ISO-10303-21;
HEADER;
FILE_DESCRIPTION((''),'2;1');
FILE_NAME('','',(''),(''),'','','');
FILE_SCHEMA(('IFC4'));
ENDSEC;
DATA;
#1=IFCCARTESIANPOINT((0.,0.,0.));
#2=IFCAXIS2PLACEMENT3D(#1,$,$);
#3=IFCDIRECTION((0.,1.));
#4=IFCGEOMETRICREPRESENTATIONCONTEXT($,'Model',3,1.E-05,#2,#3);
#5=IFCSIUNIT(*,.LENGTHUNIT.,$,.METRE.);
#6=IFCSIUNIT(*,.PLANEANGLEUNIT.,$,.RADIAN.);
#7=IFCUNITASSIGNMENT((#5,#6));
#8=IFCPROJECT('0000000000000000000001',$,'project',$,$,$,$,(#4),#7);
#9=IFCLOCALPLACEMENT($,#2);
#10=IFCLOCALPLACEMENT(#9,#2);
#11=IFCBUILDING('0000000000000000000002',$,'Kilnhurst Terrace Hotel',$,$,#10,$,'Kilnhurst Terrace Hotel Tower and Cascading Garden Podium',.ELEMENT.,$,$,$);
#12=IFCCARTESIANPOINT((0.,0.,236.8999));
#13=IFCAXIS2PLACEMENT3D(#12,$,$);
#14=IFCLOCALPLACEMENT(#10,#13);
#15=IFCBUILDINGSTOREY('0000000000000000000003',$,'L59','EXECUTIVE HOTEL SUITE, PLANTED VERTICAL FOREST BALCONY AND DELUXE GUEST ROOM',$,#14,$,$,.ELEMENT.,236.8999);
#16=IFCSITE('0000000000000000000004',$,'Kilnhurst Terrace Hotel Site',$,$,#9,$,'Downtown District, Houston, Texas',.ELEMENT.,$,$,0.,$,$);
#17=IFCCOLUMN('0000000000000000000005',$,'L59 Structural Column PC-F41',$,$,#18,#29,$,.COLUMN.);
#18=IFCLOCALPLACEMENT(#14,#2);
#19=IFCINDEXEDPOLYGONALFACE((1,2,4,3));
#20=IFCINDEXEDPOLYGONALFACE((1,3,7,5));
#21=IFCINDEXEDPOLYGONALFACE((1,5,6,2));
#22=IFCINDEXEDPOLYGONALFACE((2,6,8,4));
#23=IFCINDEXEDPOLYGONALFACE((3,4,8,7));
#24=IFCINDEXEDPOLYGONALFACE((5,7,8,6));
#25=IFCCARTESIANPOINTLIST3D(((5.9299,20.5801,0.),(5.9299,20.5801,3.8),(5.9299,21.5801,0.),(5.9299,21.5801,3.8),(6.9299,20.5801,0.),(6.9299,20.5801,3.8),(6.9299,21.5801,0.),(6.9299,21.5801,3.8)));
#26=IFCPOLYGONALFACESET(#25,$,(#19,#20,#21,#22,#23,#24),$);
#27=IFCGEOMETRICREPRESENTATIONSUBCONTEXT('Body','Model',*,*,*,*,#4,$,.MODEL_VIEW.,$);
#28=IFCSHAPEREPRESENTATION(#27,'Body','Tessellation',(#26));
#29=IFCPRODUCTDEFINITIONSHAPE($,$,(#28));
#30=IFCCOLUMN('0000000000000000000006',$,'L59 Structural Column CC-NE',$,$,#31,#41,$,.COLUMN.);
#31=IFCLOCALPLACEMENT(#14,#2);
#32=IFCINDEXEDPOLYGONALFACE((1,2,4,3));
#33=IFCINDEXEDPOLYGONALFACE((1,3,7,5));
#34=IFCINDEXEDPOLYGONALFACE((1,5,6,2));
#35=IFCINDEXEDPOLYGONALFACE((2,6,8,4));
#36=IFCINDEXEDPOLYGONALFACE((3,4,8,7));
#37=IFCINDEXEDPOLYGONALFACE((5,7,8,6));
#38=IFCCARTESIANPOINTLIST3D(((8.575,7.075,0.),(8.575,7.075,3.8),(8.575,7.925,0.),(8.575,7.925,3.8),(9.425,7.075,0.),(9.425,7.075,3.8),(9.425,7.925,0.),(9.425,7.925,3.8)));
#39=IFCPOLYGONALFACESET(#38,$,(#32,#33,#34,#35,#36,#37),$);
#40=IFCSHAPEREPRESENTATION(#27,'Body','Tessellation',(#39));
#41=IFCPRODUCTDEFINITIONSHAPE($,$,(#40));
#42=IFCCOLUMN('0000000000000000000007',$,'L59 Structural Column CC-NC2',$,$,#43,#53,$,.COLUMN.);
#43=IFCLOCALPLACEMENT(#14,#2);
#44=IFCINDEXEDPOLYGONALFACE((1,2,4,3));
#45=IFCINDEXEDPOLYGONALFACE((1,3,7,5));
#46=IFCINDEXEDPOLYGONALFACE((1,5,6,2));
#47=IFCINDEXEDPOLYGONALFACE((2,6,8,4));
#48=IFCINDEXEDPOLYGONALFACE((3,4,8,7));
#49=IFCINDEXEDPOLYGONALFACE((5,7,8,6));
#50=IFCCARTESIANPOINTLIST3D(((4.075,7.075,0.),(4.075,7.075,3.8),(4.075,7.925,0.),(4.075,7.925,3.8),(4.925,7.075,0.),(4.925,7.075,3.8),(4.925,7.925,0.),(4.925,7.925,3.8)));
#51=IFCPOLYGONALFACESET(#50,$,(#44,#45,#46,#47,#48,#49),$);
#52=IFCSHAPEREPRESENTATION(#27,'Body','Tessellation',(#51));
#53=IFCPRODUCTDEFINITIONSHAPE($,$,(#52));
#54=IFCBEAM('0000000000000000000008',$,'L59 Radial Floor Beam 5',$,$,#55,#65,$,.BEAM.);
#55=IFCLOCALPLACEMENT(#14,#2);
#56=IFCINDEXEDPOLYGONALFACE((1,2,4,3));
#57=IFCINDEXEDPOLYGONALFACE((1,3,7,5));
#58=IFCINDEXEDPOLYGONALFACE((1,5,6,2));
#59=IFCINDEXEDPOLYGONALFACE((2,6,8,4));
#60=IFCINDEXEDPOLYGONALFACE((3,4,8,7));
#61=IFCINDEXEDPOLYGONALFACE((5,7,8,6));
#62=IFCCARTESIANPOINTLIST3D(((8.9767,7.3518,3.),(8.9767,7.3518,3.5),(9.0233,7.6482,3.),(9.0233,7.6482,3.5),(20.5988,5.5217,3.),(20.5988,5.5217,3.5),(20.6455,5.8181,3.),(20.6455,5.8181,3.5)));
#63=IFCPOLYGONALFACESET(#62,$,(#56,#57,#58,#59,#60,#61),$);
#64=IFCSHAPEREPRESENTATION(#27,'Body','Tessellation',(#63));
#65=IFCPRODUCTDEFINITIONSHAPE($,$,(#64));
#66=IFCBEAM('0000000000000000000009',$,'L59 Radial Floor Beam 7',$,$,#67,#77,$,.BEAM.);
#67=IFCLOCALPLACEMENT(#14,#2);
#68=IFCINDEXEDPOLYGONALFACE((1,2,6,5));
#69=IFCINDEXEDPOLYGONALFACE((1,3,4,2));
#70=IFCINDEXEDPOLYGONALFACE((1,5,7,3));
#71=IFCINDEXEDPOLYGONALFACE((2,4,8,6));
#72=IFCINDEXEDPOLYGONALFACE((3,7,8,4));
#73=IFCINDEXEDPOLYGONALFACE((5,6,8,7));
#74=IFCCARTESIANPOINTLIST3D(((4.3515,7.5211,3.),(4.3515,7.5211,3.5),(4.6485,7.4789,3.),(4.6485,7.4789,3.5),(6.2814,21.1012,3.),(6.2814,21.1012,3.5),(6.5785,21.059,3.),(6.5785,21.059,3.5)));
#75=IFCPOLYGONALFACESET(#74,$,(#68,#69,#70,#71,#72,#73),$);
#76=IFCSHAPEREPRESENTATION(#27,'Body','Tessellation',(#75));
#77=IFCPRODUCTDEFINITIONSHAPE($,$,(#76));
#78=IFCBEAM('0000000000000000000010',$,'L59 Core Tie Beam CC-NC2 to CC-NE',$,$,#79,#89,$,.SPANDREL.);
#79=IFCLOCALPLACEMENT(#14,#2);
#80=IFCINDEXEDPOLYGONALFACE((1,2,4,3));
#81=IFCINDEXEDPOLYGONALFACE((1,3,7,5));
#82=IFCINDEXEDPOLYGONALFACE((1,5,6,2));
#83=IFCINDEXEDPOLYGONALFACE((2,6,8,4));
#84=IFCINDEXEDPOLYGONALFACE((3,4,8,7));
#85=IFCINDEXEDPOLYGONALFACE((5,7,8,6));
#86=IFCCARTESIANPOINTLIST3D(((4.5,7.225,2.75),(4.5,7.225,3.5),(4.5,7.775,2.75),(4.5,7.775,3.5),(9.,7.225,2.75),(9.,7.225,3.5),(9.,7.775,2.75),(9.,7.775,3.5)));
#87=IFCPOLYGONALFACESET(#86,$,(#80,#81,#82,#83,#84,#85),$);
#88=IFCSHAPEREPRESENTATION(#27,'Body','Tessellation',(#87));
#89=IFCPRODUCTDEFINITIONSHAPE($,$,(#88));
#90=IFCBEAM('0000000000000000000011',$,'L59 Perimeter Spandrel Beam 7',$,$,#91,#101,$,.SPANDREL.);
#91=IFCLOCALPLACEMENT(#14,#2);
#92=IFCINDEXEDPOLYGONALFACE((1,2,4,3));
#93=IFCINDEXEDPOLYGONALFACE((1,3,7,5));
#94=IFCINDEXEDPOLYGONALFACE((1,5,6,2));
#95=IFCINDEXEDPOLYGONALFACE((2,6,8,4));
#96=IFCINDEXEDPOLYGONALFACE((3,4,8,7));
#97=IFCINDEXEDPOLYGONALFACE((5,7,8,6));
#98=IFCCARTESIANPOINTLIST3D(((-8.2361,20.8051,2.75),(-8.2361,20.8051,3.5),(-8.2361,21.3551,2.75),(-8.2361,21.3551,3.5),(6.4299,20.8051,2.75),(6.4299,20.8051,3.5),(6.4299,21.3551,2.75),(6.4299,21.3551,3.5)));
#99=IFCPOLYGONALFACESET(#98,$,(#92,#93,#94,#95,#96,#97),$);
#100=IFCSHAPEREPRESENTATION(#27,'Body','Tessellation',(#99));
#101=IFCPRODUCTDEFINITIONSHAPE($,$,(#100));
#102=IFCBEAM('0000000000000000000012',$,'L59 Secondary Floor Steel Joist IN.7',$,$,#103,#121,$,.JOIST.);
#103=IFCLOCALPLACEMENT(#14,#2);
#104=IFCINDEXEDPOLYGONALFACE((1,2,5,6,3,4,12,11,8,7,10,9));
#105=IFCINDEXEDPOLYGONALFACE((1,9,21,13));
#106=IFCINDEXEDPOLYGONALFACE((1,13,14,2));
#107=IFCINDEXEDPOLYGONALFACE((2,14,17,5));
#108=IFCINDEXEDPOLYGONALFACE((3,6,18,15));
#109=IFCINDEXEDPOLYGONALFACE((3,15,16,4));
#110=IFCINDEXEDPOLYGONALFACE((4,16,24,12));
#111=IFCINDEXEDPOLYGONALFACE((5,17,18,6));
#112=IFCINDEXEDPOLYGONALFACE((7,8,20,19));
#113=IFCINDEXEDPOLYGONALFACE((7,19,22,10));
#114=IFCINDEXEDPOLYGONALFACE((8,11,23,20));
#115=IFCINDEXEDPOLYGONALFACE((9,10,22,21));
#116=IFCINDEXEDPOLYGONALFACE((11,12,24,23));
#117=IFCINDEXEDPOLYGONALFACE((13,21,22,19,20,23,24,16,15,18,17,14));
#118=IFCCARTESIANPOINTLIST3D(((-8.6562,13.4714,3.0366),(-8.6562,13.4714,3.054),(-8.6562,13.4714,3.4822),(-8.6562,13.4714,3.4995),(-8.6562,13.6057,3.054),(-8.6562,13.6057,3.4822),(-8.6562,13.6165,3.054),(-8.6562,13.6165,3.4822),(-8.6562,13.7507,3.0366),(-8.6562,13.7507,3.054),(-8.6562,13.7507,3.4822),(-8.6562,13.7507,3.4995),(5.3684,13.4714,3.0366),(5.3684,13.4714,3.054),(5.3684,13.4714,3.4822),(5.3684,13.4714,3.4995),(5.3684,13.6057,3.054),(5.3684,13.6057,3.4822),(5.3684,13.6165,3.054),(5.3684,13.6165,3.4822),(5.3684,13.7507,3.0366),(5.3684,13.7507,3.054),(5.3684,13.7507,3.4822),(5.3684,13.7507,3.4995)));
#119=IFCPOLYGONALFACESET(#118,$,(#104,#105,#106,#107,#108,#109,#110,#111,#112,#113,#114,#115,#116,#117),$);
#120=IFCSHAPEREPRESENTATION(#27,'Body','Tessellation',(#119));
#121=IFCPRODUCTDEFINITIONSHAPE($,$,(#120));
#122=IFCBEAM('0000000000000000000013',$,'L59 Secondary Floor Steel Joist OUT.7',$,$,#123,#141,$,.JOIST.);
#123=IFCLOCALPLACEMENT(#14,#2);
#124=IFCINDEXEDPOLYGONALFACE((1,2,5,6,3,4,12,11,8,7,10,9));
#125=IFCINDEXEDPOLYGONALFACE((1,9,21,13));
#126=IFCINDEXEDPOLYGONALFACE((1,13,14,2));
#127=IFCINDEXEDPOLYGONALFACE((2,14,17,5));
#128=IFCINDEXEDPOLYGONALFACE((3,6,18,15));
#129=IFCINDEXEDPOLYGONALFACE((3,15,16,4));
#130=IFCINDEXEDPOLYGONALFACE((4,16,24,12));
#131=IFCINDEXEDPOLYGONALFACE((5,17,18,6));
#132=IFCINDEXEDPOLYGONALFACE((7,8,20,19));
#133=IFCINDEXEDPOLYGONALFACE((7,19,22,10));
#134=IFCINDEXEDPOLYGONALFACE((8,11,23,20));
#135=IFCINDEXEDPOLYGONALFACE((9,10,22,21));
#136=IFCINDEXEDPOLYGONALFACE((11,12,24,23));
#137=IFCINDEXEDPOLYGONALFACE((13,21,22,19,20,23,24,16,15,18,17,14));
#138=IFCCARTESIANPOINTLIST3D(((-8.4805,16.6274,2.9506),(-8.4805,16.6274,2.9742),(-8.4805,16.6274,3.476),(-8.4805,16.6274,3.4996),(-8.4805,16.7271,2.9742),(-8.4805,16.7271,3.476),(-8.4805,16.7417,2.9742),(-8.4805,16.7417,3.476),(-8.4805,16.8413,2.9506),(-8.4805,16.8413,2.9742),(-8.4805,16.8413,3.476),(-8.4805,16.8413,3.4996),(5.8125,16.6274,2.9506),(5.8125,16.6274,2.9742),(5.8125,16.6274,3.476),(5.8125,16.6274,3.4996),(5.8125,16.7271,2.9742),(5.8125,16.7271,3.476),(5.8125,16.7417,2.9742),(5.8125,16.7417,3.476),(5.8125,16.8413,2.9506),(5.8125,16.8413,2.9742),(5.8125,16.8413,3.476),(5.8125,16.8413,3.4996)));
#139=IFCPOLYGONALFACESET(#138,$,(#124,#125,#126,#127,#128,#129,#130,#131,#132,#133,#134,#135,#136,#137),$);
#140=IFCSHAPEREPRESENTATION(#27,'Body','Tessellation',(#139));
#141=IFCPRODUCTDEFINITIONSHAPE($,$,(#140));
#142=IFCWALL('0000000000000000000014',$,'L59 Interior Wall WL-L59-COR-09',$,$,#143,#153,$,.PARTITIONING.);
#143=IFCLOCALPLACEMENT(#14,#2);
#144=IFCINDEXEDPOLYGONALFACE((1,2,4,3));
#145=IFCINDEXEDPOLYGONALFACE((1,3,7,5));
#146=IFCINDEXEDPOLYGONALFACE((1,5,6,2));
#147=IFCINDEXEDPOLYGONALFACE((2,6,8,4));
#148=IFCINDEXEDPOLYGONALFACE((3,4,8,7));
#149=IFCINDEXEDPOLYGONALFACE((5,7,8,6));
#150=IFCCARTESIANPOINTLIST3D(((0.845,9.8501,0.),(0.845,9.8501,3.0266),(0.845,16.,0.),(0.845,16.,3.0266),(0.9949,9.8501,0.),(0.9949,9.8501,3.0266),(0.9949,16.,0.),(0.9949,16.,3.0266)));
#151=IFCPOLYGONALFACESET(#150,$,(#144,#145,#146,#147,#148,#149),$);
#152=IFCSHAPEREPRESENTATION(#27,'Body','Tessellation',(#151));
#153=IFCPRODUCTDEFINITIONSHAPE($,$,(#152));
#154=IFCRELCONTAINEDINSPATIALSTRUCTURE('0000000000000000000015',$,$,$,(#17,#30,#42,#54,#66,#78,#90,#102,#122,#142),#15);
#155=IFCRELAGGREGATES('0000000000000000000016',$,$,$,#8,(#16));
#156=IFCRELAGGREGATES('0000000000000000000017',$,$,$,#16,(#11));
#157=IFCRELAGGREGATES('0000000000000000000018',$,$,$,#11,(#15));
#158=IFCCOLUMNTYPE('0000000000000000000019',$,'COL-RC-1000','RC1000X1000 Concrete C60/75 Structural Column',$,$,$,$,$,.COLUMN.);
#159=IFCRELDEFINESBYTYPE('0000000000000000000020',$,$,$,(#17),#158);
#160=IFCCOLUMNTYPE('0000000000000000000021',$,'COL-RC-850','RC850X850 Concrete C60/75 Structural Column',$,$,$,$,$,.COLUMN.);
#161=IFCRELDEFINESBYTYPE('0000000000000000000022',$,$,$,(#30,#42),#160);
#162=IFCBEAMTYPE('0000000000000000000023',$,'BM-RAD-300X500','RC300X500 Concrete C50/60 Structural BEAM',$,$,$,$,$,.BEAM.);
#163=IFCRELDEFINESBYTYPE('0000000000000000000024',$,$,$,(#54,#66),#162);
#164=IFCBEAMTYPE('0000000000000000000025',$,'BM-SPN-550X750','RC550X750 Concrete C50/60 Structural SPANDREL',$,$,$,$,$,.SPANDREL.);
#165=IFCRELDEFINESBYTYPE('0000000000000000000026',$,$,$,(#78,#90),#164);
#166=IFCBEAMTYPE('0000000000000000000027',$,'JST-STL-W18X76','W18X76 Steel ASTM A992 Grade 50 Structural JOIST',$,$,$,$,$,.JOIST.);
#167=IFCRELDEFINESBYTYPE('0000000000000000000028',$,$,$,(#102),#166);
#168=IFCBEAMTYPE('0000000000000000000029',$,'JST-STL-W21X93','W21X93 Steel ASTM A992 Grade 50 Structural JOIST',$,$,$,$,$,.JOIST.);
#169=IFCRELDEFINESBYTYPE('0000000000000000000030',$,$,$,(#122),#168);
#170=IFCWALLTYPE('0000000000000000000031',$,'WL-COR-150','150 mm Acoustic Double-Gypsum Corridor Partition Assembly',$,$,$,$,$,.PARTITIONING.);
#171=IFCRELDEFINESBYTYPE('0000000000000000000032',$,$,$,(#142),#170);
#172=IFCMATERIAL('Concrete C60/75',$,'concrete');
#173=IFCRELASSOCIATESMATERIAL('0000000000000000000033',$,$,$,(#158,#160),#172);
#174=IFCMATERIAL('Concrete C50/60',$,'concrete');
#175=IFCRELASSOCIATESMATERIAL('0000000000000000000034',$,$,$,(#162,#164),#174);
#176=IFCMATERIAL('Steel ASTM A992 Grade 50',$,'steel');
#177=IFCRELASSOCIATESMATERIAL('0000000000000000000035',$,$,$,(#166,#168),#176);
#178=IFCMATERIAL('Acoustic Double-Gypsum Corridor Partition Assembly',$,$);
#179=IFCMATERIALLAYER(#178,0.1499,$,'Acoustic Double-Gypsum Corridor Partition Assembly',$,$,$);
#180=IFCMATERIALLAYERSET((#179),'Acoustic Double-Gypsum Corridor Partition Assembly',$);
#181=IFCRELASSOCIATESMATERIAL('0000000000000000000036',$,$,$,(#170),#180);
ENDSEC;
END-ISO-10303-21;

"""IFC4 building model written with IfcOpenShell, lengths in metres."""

from ifc_helpers import new_model, si_unit, direction, frame, frame_2d, origin, origin_2d, place, context, subcontext, project, spatial, rectangle, i_section, extrude, material, layer, layer_set, material_profile, profile_set, type_object, element, save


model = new_model("IFC4")

# Units and contexts
model_context = context("Model", 3, precision=1e-05, world=origin(), true_north=direction((0.0, 1.0)))
body_context = subcontext(model_context, "Body", "Model", "MODEL_VIEW")
ifc_project = project(units=[si_unit("LENGTHUNIT", "METRE"), si_unit("PLANEANGLEUNIT", "RADIAN")], contexts=[model_context])

# Site, building, storey
site_placement = place(None, origin())
site = spatial("IfcSite", under=ifc_project, at=site_placement, Name="Kilnhurst Terrace Hotel Site", LongName="Downtown District, Houston, Texas", CompositionType="ELEMENT", RefElevation=0.0)
building_placement = place(site_placement, origin())
building = spatial("IfcBuilding", under=site, at=building_placement, Name="Kilnhurst Terrace Hotel", LongName="Kilnhurst Terrace Hotel Tower and Cascading Garden Podium", CompositionType="ELEMENT")
storey_placement = place(building_placement, frame((0.0, 0.0, 236.8999)))
storey = spatial("IfcBuildingStorey", under=building, at=storey_placement, Name="L59", Description="EXECUTIVE HOTEL SUITE, PLANTED VERTICAL FOREST BALCONY AND DELUXE GUEST ROOM", CompositionType="ELEMENT", Elevation=236.8999)

# Columns
ifc_material_1 = material(Name="Concrete C60/75", Category="concrete")
ifc_material_profile_1 = material_profile(ifc_material_1, rectangle(XDim=1.0, YDim=1.0, at=origin_2d()), Name="RC1000X1000")
ifc_profile_set_1 = profile_set([ifc_material_profile_1], Name="Concrete C60/75")
column_type_1 = type_object("IfcColumnType", Name="COL-RC-1000", Description="RC1000X1000 Concrete C60/75 Structural Column", PredefinedType="COLUMN", material=ifc_profile_set_1)
column_placement = place(storey_placement, frame((6.4299, 21.0801, 0.0), z_axis=(0.0, 0.0, 1.0), x_axis=(1.0, 0.0, 0.0)))
element("IfcColumn", 1, at=column_placement, inside=storey, type_object=column_type_1, Name="L59 Structural Column PC-F41", PredefinedType="COLUMN", context=body_context, shape_type="SweptSolid", body=[
    extrude(rectangle(XDim=1.0, YDim=1.0, at=origin_2d()), origin(), (0.0, 0.0, 1.0), 3.8),
])
ifc_material_profile_2 = material_profile(ifc_material_1, rectangle(XDim=0.8501, YDim=0.8501, at=origin_2d()), Name="RC850X850")
ifc_profile_set_2 = profile_set([ifc_material_profile_2], Name="Concrete C60/75")
column_type_2 = type_object("IfcColumnType", Name="COL-RC-850", Description="RC850X850 Concrete C60/75 Structural Column", PredefinedType="COLUMN", material=ifc_profile_set_2)
for number, where, z_axis, x_axis, name in (
    (2, (9.0, 7.5, 0.0), (0.0, 0.0, 1.0), (1.0, 0.0, 0.0), "L59 Structural Column CC-NE"),
    (3, (4.5, 7.5, 0.0), (0.0, 0.0, 1.0), (1.0, 0.0, 0.0), "L59 Structural Column CC-NC2"),
):
    element("IfcColumn", number, at=place(storey_placement, frame(where, z_axis=z_axis, x_axis=x_axis)), inside=storey, type_object=column_type_2, Name=name, PredefinedType="COLUMN", context=body_context, shape_type="SweptSolid", body=[
        extrude(rectangle(XDim=0.8501, YDim=0.8501, at=origin_2d()), origin(), (0.0, 0.0, 1.0), 3.8),
    ])

# Beams
ifc_material_2 = material(Name="Concrete C50/60", Category="concrete")
ifc_material_profile_3 = material_profile(ifc_material_2, rectangle(XDim=0.3, YDim=0.5, at=origin_2d()), Name="RC300X500")
ifc_profile_set_3 = profile_set([ifc_material_profile_3], Name="Concrete C50/60")
beam_type_1 = type_object("IfcBeamType", Name="BM-RAD-300X500", Description="RC300X500 Concrete C50/60 Structural BEAM", PredefinedType="BEAM", material=ifc_profile_set_3)
beam_1_placement = place(storey_placement, frame((9.0, 7.5, 3.25), z_axis=(0.987828, -0.155549, 0.0), x_axis=(0.155549, 0.987828, 0.0)))
element("IfcBeam", 4, at=beam_1_placement, inside=storey, type_object=beam_type_1, Name="L59 Radial Floor Beam 5", PredefinedType="BEAM", context=body_context, shape_type="SweptSolid", body=[
    extrude(rectangle(XDim=0.3, YDim=0.5, at=origin_2d()), origin(), (0.0, 0.0, 1.0), 11.7654),
])
beam_2_placement = place(storey_placement, frame((4.5, 7.5, 3.25), z_axis=(0.140701, 0.990052, 0.0), x_axis=(-0.990052, 0.140701, 0.0)))
element("IfcBeam", 5, at=beam_2_placement, inside=storey, type_object=beam_type_1, Name="L59 Radial Floor Beam 7", PredefinedType="BEAM", context=body_context, shape_type="SweptSolid", body=[
    extrude(rectangle(XDim=0.3, YDim=0.5, at=origin_2d()), origin(), (0.0, 0.0, 1.0), 13.7166),
])
ifc_material_profile_4 = material_profile(ifc_material_2, rectangle(XDim=0.55, YDim=0.75, at=origin_2d()), Name="RC550X750")
ifc_profile_set_4 = profile_set([ifc_material_profile_4], Name="Concrete C50/60")
beam_type_2 = type_object("IfcBeamType", Name="BM-SPN-550X750", Description="RC550X750 Concrete C50/60 Structural SPANDREL", PredefinedType="SPANDREL", material=ifc_profile_set_4)
beam_3_placement = place(storey_placement, frame((4.5, 7.5, 3.125), z_axis=(1.0, 0.0, 0.0), x_axis=(0.0, 1.0, 0.0)))
element("IfcBeam", 6, at=beam_3_placement, inside=storey, type_object=beam_type_2, Name="L59 Core Tie Beam CC-NC2 to CC-NE", PredefinedType="SPANDREL", context=body_context, shape_type="SweptSolid", body=[
    extrude(rectangle(XDim=0.55, YDim=0.75, at=origin_2d()), origin(), (0.0, 0.0, 1.0), 4.5),
])
beam_4_placement = place(storey_placement, frame((6.4299, 21.0801, 3.125), z_axis=(-1.0, 0.0, 0.0), x_axis=(0.0, -1.0, 0.0)))
element("IfcBeam", 7, at=beam_4_placement, inside=storey, type_object=beam_type_2, Name="L59 Perimeter Spandrel Beam 7", PredefinedType="SPANDREL", context=body_context, shape_type="SweptSolid", body=[
    extrude(rectangle(XDim=0.55, YDim=0.75, at=origin_2d()), origin(), (0.0, 0.0, 1.0), 14.666),
])
ifc_material_3 = material(Name="Steel ASTM A992 Grade 50", Category="steel")
ifc_material_profile_5 = material_profile(ifc_material_3, i_section(OverallWidth=0.2793, OverallDepth=0.4629, WebThickness=0.0107, FlangeThickness=0.0173, at=origin_2d()), Name="W18X76")
ifc_profile_set_5 = profile_set([ifc_material_profile_5], Name="Steel ASTM A992 Grade 50")
beam_type_3 = type_object("IfcBeamType", Name="JST-STL-W18X76", Description="W18X76 Steel ASTM A992 Grade 50 Structural JOIST", PredefinedType="JOIST", material=ifc_profile_set_5)
beam_5_placement = place(storey_placement, frame((5.3684, 13.6111, 3.2681), z_axis=(-1.0, 0.0, 0.0), x_axis=(0.0, -1.0, 0.0)))
element("IfcBeam", 8, at=beam_5_placement, inside=storey, type_object=beam_type_3, Name="L59 Secondary Floor Steel Joist IN.7", PredefinedType="JOIST", context=body_context, shape_type="SweptSolid", body=[
    extrude(i_section(OverallWidth=0.2793, OverallDepth=0.4629, WebThickness=0.0107, FlangeThickness=0.0173, at=origin_2d()), origin(), (0.0, 0.0, 1.0), 14.0247),
])
ifc_material_profile_6 = material_profile(ifc_material_3, i_section(OverallWidth=0.2139, OverallDepth=0.5491, WebThickness=0.0146, FlangeThickness=0.0237, at=origin_2d()), Name="W21X93")
ifc_profile_set_6 = profile_set([ifc_material_profile_6], Name="Steel ASTM A992 Grade 50")
beam_type_4 = type_object("IfcBeamType", Name="JST-STL-W21X93", Description="W21X93 Steel ASTM A992 Grade 50 Structural JOIST", PredefinedType="JOIST", material=ifc_profile_set_6)
beam_6_placement = place(storey_placement, frame((5.8125, 16.7344, 3.2251), z_axis=(-1.0, 0.0, 0.0), x_axis=(0.0, -1.0, 0.0)))
element("IfcBeam", 9, at=beam_6_placement, inside=storey, type_object=beam_type_4, Name="L59 Secondary Floor Steel Joist OUT.7", PredefinedType="JOIST", context=body_context, shape_type="SweptSolid", body=[
    extrude(i_section(OverallWidth=0.2139, OverallDepth=0.5491, WebThickness=0.0146, FlangeThickness=0.0237, at=origin_2d()), origin(), (0.0, 0.0, 1.0), 14.293),
])

# Wall
ifc_material_4 = material(Name="Acoustic Double-Gypsum Corridor Partition Assembly")
ifc_layer_1 = layer(ifc_material_4, 0.1499, Name="Acoustic Double-Gypsum Corridor Partition Assembly")
ifc_layer_set_1 = layer_set([ifc_layer_1], Name="Acoustic Double-Gypsum Corridor Partition Assembly")
wall_type_1 = type_object("IfcWallType", Name="WL-COR-150", Description="150 mm Acoustic Double-Gypsum Corridor Partition Assembly", PredefinedType="PARTITIONING", material=ifc_layer_set_1)
wall_1_placement = place(storey_placement, frame((0.9199, 16.0, 0.0), z_axis=(0.0, 0.0, 1.0), x_axis=(0.0, -1.0, 0.0)))
element("IfcWall", 10, at=wall_1_placement, inside=storey, type_object=wall_type_1, Name="L59 Interior Wall WL-L59-COR-09", PredefinedType="PARTITIONING", context=body_context, shape_type="SweptSolid", body=[
    extrude(rectangle(XDim=6.1499, YDim=0.1499, at=frame_2d((3.075, 0.0))), origin(), (0.0, 0.0, 1.0), 3.0266),
])

save(model, "model.ifc")
